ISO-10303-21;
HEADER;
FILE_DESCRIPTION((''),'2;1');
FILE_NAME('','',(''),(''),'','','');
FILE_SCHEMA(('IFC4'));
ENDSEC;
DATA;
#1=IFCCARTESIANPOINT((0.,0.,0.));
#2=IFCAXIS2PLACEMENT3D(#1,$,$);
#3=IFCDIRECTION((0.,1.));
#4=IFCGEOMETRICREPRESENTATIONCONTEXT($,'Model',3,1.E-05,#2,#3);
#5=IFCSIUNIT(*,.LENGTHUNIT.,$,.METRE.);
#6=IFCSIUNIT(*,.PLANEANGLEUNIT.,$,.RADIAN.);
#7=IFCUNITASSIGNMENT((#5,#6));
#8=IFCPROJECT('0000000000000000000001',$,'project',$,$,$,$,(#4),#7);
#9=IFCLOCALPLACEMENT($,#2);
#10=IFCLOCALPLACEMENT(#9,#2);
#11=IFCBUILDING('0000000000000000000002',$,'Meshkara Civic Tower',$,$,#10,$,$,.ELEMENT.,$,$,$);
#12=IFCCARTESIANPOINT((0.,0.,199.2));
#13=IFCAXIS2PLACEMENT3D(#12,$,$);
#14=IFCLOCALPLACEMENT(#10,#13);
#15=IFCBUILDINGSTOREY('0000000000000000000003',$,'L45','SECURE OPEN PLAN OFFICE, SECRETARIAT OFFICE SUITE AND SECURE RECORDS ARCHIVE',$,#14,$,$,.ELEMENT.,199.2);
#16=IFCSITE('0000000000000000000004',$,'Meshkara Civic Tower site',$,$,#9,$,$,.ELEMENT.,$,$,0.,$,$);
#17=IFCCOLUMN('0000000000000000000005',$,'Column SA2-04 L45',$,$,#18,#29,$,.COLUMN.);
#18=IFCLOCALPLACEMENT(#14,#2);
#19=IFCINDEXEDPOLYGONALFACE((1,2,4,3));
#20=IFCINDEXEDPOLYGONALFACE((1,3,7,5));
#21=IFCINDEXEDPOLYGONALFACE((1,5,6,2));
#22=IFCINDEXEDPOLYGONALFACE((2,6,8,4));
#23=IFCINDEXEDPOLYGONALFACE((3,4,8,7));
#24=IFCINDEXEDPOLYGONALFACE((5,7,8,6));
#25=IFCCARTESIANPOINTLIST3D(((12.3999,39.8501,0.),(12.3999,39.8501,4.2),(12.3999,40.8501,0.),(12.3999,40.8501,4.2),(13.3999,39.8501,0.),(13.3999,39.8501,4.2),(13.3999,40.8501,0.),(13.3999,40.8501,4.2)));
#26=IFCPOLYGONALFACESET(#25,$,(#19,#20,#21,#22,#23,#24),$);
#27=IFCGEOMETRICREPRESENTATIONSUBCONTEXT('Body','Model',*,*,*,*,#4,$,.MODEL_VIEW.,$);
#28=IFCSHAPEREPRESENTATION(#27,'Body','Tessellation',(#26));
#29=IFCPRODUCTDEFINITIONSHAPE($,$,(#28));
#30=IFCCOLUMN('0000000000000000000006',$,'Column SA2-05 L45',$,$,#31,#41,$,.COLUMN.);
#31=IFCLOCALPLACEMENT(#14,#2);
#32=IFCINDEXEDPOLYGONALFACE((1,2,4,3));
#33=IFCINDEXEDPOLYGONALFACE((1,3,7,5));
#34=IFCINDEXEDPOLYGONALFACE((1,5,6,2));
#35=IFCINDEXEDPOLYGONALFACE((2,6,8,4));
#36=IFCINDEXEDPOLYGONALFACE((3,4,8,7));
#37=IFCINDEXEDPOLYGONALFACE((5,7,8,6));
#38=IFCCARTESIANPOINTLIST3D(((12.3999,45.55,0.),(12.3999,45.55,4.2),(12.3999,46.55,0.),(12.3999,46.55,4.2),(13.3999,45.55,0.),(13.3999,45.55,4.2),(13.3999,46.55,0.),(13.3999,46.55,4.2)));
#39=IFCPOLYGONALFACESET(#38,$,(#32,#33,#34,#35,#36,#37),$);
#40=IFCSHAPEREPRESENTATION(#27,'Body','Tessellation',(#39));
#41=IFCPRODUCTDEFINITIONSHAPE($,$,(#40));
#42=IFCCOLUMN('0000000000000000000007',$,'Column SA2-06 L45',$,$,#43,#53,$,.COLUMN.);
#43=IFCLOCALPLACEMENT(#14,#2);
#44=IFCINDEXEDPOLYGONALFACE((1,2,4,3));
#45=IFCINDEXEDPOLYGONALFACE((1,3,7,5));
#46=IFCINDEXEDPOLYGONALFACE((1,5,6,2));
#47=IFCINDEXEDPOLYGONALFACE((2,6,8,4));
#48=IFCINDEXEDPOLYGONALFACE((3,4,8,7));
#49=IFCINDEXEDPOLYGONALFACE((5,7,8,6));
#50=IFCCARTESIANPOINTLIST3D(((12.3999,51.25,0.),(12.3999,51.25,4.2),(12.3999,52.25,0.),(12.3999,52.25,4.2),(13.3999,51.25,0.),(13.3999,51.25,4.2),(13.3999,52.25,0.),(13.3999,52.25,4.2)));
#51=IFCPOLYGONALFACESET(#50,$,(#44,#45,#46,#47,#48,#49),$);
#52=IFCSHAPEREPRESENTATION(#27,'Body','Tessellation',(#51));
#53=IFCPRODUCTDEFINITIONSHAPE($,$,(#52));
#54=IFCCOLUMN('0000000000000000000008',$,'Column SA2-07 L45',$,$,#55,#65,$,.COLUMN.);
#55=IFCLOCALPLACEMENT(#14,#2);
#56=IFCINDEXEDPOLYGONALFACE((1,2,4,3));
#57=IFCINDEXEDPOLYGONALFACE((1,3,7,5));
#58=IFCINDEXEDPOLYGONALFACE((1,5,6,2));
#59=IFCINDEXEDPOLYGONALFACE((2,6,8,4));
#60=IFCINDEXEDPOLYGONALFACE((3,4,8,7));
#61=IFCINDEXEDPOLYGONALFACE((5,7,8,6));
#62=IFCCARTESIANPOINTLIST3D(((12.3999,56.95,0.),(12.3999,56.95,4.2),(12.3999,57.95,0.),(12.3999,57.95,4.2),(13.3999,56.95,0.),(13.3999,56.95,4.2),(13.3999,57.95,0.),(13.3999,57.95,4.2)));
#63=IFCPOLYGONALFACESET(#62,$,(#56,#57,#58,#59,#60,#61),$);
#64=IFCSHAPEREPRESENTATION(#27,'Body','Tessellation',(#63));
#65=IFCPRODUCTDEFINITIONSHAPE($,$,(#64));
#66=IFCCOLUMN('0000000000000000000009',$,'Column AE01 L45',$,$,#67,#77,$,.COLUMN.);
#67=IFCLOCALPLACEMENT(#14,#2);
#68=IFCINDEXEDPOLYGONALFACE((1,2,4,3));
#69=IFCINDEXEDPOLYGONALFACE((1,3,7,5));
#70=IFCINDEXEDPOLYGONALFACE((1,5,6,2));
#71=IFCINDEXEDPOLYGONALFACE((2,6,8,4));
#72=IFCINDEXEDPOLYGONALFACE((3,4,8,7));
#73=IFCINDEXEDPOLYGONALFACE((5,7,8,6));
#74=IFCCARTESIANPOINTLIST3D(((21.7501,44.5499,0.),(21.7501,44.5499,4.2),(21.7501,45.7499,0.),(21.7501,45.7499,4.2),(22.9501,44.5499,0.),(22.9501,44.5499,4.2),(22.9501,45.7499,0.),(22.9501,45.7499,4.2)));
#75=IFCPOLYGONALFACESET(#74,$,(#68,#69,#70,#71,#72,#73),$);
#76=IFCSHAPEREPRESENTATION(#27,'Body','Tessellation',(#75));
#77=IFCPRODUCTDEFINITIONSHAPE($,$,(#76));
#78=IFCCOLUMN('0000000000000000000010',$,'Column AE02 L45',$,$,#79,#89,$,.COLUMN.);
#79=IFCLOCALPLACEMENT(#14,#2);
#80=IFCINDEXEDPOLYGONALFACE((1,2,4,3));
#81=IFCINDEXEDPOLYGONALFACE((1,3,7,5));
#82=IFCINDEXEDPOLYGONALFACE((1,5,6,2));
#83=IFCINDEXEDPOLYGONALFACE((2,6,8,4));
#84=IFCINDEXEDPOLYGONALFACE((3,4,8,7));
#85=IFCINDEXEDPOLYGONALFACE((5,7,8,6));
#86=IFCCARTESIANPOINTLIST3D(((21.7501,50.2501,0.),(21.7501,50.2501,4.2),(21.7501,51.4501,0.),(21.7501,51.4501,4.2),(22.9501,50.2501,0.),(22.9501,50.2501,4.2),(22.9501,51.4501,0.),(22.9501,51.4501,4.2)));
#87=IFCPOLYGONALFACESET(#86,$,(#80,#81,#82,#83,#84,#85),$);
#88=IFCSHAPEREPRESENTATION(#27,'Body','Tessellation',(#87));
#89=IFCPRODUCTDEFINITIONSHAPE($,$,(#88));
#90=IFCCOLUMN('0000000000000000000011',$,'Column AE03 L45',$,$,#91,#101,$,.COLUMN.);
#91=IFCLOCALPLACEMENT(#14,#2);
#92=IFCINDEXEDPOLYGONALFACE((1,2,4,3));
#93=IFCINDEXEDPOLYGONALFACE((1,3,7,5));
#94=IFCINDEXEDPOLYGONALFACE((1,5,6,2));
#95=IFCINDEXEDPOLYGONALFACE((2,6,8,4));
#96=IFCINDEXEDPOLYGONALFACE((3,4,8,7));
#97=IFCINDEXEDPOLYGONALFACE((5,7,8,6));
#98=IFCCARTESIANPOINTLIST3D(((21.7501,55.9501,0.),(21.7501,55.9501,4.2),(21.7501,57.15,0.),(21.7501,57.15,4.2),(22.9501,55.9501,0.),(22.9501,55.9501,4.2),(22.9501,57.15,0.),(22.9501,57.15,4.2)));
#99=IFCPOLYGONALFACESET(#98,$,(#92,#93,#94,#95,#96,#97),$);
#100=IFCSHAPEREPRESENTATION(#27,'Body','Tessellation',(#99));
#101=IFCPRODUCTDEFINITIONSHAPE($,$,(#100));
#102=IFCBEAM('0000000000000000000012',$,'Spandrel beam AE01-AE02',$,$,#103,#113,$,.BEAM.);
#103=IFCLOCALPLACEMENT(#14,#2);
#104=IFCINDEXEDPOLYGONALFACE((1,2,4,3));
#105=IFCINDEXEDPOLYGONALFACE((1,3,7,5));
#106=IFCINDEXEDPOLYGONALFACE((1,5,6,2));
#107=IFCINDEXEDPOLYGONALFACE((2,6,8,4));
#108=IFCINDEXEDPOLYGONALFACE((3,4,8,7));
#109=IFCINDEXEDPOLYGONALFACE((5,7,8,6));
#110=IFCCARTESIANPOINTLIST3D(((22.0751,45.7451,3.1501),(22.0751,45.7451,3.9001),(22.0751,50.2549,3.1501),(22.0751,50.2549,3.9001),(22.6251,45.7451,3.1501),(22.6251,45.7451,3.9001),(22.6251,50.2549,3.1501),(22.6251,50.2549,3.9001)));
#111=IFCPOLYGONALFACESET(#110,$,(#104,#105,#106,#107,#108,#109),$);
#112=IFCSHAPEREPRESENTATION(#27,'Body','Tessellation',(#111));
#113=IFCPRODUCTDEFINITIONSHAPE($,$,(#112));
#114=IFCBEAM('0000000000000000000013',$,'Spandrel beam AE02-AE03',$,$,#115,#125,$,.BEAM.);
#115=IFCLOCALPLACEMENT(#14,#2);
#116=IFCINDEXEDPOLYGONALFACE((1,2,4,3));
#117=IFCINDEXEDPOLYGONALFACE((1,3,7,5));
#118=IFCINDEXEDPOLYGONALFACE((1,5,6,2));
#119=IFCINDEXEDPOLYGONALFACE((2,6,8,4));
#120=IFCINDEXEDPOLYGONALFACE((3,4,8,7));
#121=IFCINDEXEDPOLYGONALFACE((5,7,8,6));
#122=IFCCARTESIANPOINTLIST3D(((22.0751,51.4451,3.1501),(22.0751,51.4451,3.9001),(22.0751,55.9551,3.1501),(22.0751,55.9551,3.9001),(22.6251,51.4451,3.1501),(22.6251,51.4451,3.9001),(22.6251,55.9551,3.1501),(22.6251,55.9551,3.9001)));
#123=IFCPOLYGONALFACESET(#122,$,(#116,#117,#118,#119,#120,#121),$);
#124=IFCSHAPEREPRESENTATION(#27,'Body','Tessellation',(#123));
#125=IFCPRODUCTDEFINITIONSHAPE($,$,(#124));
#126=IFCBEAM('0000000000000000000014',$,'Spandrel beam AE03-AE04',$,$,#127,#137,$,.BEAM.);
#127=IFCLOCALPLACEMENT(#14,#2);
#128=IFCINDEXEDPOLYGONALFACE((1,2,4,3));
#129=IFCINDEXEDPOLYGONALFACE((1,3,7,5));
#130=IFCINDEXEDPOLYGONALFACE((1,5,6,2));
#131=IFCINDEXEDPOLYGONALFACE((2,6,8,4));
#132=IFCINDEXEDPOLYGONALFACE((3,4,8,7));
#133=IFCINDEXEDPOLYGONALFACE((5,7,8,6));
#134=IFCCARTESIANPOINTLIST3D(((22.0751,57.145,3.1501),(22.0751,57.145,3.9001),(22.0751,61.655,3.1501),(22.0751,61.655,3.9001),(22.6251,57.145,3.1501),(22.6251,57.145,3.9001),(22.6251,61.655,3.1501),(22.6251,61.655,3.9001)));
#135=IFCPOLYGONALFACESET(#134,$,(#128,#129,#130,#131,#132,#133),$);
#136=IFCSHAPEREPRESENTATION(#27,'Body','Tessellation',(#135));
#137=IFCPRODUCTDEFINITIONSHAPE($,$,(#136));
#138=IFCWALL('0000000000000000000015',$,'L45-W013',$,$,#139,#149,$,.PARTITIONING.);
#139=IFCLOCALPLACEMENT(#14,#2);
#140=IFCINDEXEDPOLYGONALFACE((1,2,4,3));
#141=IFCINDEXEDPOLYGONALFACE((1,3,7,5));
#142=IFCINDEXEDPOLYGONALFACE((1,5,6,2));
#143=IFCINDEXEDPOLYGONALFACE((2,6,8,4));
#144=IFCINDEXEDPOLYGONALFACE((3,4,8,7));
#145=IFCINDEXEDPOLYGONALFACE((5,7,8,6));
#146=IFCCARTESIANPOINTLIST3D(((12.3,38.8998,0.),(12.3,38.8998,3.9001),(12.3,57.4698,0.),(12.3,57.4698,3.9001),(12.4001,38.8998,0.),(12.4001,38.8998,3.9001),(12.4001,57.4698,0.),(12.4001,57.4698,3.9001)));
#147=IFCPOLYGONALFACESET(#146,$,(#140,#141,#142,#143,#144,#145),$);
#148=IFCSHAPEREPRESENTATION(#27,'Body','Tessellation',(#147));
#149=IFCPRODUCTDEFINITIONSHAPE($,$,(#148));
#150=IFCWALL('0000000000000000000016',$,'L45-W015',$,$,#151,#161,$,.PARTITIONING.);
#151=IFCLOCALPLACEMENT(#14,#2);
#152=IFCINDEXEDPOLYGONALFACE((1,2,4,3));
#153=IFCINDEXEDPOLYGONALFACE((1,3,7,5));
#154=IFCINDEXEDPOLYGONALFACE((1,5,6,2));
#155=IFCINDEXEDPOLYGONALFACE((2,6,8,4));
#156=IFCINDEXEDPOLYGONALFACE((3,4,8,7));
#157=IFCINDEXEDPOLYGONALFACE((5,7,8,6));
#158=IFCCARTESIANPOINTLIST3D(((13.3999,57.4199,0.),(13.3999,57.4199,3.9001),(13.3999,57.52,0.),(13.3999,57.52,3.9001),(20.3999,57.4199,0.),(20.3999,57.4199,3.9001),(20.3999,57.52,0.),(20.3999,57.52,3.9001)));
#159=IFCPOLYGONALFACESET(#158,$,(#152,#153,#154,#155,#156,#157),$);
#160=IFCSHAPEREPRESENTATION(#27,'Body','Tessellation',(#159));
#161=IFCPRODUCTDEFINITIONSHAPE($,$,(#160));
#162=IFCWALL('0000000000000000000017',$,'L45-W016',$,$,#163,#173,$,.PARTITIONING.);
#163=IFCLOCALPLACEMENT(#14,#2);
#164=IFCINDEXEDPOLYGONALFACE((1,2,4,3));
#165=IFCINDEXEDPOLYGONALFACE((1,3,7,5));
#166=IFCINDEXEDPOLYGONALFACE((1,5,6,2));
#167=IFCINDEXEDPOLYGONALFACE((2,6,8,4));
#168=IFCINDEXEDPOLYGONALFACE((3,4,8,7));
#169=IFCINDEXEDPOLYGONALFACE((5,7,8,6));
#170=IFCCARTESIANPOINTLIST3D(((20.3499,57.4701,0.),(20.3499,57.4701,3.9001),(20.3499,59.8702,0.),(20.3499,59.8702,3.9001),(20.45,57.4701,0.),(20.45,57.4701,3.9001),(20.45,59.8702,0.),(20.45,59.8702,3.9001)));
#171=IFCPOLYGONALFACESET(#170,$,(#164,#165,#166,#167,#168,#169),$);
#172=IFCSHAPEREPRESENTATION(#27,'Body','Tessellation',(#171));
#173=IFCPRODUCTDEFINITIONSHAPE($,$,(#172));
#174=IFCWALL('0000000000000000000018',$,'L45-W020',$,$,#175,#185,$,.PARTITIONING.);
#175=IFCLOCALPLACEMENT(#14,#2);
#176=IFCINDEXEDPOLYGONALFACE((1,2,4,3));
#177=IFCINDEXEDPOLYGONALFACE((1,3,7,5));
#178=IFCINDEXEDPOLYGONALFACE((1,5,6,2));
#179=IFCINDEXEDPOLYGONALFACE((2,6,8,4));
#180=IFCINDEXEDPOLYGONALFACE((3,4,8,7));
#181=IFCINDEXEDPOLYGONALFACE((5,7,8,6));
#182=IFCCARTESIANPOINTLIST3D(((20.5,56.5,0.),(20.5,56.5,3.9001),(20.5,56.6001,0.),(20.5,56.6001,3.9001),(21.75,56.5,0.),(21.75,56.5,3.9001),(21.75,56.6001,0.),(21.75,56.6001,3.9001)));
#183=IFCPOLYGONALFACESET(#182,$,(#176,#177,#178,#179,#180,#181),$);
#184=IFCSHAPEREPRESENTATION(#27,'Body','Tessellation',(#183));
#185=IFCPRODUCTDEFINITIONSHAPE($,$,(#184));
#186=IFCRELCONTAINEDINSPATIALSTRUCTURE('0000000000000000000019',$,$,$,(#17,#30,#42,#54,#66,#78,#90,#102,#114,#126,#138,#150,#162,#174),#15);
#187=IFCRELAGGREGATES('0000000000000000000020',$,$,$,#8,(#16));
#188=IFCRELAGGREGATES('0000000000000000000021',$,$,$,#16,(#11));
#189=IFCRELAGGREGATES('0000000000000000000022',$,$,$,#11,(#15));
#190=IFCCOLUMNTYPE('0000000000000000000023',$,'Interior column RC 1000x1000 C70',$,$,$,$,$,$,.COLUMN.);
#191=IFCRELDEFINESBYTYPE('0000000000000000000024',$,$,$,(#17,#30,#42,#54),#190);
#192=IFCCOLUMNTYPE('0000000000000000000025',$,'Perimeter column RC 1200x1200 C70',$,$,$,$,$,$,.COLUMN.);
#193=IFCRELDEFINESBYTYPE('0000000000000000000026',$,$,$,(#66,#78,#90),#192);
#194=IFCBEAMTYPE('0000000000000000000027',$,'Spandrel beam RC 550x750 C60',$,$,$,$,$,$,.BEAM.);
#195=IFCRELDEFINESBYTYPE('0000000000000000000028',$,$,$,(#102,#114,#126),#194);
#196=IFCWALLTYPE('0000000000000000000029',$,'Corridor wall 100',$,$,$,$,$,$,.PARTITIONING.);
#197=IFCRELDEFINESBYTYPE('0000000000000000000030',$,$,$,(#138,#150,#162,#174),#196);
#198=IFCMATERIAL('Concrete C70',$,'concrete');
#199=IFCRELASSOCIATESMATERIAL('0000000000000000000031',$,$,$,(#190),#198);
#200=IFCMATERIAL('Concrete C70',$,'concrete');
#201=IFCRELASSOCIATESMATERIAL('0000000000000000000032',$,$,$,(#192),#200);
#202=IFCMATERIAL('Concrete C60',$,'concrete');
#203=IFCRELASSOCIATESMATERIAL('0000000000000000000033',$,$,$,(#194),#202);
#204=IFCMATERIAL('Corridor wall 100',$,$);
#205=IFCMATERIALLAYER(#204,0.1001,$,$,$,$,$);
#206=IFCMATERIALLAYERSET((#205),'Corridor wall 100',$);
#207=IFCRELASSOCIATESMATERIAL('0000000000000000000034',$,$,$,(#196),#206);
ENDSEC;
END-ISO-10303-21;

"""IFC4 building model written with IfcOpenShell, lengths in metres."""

from ifc_helpers import new_model, si_unit, direction, frame, frame_2d, origin, origin_2d, place, context, subcontext, project, spatial, rectangle, extrude, material, layer, layer_set, material_profile, profile_set, type_object, element, save


model = new_model("IFC4")

# Units and contexts
model_context = context("Model", 3, precision=1e-05, world=origin(), true_north=direction((0.0, 1.0)))
body_context = subcontext(model_context, "Body", "Model", "MODEL_VIEW")
ifc_project = project(units=[si_unit("LENGTHUNIT", "METRE"), si_unit("PLANEANGLEUNIT", "RADIAN")], contexts=[model_context])

# Site, building, storey
site_placement = place(None, origin())
site = spatial("IfcSite", under=ifc_project, at=site_placement, Name="Meshkara Civic Tower site", CompositionType="ELEMENT", RefElevation=0.0)
building_placement = place(site_placement, origin())
building = spatial("IfcBuilding", under=site, at=building_placement, Name="Meshkara Civic Tower", CompositionType="ELEMENT")
storey_placement = place(building_placement, frame((0.0, 0.0, 199.2)))
storey = spatial("IfcBuildingStorey", under=building, at=storey_placement, Name="L45", Description="SECURE OPEN PLAN OFFICE, SECRETARIAT OFFICE SUITE AND SECURE RECORDS ARCHIVE", CompositionType="ELEMENT", Elevation=199.2)

# Columns
ifc_material_1 = material(Name="Concrete C70", Category="concrete")
ifc_material_profile_1 = material_profile(ifc_material_1, rectangle(XDim=1.0, YDim=1.0, at=origin_2d()))
ifc_profile_set_1 = profile_set([ifc_material_profile_1], Name="Concrete C70")
column_type_1 = type_object("IfcColumnType", Name="Interior column RC 1000x1000 C70", PredefinedType="COLUMN", material=ifc_profile_set_1)
for number, where, z_axis, x_axis, name in (
    (1, (12.8999, 40.3501, 0.0), (0.0, 0.0, 1.0), (1.0, 0.0, 0.0), "Column SA2-04 L45"),
    (2, (12.8999, 46.05, 0.0), (0.0, 0.0, 1.0), (1.0, 0.0, 0.0), "Column SA2-05 L45"),
    (3, (12.8999, 51.75, 0.0), (0.0, 0.0, 1.0), (1.0, 0.0, 0.0), "Column SA2-06 L45"),
    (4, (12.8999, 57.45, 0.0), (0.0, 0.0, 1.0), (1.0, 0.0, 0.0), "Column SA2-07 L45"),
):
    element("IfcColumn", number, at=place(storey_placement, frame(where, z_axis=z_axis, x_axis=x_axis)), inside=storey, type_object=column_type_1, Name=name, PredefinedType="COLUMN", context=body_context, shape_type="SweptSolid", body=[
        extrude(rectangle(XDim=1.0, YDim=1.0, at=origin_2d()), origin(), (0.0, 0.0, 1.0), 4.2),
    ])
ifc_material_2 = material(Name="Concrete C70", Category="concrete")
ifc_material_profile_2 = material_profile(ifc_material_2, rectangle(XDim=1.2, YDim=1.2, at=origin_2d()))
ifc_profile_set_2 = profile_set([ifc_material_profile_2], Name="Concrete C70")
column_type_2 = type_object("IfcColumnType", Name="Perimeter column RC 1200x1200 C70", PredefinedType="COLUMN", material=ifc_profile_set_2)
for number, where, z_axis, x_axis, name in (
    (5, (22.3501, 45.1499, 0.0), (0.0, 0.0, 1.0), (1.0, 0.0, 0.0), "Column AE01 L45"),
    (6, (22.3501, 50.8501, 0.0), (0.0, 0.0, 1.0), (1.0, 0.0, 0.0), "Column AE02 L45"),
    (7, (22.3501, 56.55, 0.0), (0.0, 0.0, 1.0), (1.0, 0.0, 0.0), "Column AE03 L45"),
):
    element("IfcColumn", number, at=place(storey_placement, frame(where, z_axis=z_axis, x_axis=x_axis)), inside=storey, type_object=column_type_2, Name=name, PredefinedType="COLUMN", context=body_context, shape_type="SweptSolid", body=[
        extrude(rectangle(XDim=1.2, YDim=1.2, at=origin_2d()), origin(), (0.0, 0.0, 1.0), 4.2),
    ])

# Beams
ifc_material_3 = material(Name="Concrete C60", Category="concrete")
ifc_material_profile_3 = material_profile(ifc_material_3, rectangle(XDim=0.55, YDim=0.75, at=origin_2d()))
ifc_profile_set_3 = profile_set([ifc_material_profile_3], Name="Concrete C60")
beam_type = type_object("IfcBeamType", Name="Spandrel beam RC 550x750 C60", PredefinedType="BEAM", material=ifc_profile_set_3)
beam_placement = place(storey_placement, frame((22.3501, 45.7451, 3.5251), z_axis=(0.0, 1.0, 0.0), x_axis=(-1.0, 0.0, 0.0)))
element("IfcBeam", 8, at=beam_placement, inside=storey, type_object=beam_type, Name="Spandrel beam AE01-AE02", PredefinedType="BEAM", context=body_context, shape_type="SweptSolid", body=[
    extrude(rectangle(XDim=0.55, YDim=0.75, at=origin_2d()), origin(), (0.0, 0.0, 1.0), 4.5098),
])
for number, where, z_axis, x_axis, name in (
    (9, (22.3501, 51.4451, 3.5251), (0.0, 1.0, 0.0), (-1.0, 0.0, 0.0), "Spandrel beam AE02-AE03"),
    (10, (22.3501, 57.145, 3.5251), (0.0, 1.0, 0.0), (-1.0, 0.0, 0.0), "Spandrel beam AE03-AE04"),
):
    element("IfcBeam", number, at=place(storey_placement, frame(where, z_axis=z_axis, x_axis=x_axis)), inside=storey, type_object=beam_type, Name=name, PredefinedType="BEAM", context=body_context, shape_type="SweptSolid", body=[
        extrude(rectangle(XDim=0.55, YDim=0.75, at=origin_2d()), origin(), (0.0, 0.0, 1.0), 4.51),
    ])

# Walls
ifc_material_4 = material(Name="Corridor wall 100")
ifc_layer_1 = layer(ifc_material_4, 0.1001)
ifc_layer_set_1 = layer_set([ifc_layer_1], Name="Corridor wall 100")
wall_type_1 = type_object("IfcWallType", Name="Corridor wall 100", PredefinedType="PARTITIONING", material=ifc_layer_set_1)
wall_1_placement = place(storey_placement, frame((12.3501, 57.47, 0.0), z_axis=(0.0, 0.0, 1.0), x_axis=(0.0, -1.0, 0.0)))
element("IfcWall", 11, at=wall_1_placement, inside=storey, type_object=wall_type_1, Name="L45-W013", PredefinedType="PARTITIONING", context=body_context, shape_type="SweptSolid", body=[
    extrude(rectangle(XDim=18.5701, YDim=0.1001, at=frame_2d((9.2852, 0.0))), origin(), (0.0, 0.0, 1.0), 3.9001),
])
wall_2_placement = place(storey_placement, frame((13.3999, 57.47, 0.0), z_axis=(0.0, 0.0, 1.0), x_axis=(1.0, 0.0, 0.0)))
element("IfcWall", 12, at=wall_2_placement, inside=storey, type_object=wall_type_1, Name="L45-W015", PredefinedType="PARTITIONING", context=body_context, shape_type="SweptSolid", body=[
    extrude(rectangle(XDim=7.0, YDim=0.1001, at=frame_2d((3.5, 0.0))), origin(), (0.0, 0.0, 1.0), 3.9001),
])
wall_3_placement = place(storey_placement, frame((20.3999, 57.47, 0.0), z_axis=(0.0, 0.0, 1.0), x_axis=(0.0, 1.0, 0.0)))
element("IfcWall", 13, at=wall_3_placement, inside=storey, type_object=wall_type_1, Name="L45-W016", PredefinedType="PARTITIONING", context=body_context, shape_type="SweptSolid", body=[
    extrude(rectangle(XDim=2.4001, YDim=0.1001, at=frame_2d((1.2002, 0.0))), origin(), (0.0, 0.0, 1.0), 3.9001),
])
wall_4_placement = place(storey_placement, frame((21.75, 56.55, 0.0), z_axis=(0.0, 0.0, 1.0), x_axis=(-1.0, 0.0, 0.0)))
element("IfcWall", 14, at=wall_4_placement, inside=storey, type_object=wall_type_1, Name="L45-W020", PredefinedType="PARTITIONING", context=body_context, shape_type="SweptSolid", body=[
    extrude(rectangle(XDim=1.25, YDim=0.1001, at=frame_2d((0.625, 0.0))), origin(), (0.0, 0.0, 1.0), 3.9001),
])

save(model, "model.ifc")
